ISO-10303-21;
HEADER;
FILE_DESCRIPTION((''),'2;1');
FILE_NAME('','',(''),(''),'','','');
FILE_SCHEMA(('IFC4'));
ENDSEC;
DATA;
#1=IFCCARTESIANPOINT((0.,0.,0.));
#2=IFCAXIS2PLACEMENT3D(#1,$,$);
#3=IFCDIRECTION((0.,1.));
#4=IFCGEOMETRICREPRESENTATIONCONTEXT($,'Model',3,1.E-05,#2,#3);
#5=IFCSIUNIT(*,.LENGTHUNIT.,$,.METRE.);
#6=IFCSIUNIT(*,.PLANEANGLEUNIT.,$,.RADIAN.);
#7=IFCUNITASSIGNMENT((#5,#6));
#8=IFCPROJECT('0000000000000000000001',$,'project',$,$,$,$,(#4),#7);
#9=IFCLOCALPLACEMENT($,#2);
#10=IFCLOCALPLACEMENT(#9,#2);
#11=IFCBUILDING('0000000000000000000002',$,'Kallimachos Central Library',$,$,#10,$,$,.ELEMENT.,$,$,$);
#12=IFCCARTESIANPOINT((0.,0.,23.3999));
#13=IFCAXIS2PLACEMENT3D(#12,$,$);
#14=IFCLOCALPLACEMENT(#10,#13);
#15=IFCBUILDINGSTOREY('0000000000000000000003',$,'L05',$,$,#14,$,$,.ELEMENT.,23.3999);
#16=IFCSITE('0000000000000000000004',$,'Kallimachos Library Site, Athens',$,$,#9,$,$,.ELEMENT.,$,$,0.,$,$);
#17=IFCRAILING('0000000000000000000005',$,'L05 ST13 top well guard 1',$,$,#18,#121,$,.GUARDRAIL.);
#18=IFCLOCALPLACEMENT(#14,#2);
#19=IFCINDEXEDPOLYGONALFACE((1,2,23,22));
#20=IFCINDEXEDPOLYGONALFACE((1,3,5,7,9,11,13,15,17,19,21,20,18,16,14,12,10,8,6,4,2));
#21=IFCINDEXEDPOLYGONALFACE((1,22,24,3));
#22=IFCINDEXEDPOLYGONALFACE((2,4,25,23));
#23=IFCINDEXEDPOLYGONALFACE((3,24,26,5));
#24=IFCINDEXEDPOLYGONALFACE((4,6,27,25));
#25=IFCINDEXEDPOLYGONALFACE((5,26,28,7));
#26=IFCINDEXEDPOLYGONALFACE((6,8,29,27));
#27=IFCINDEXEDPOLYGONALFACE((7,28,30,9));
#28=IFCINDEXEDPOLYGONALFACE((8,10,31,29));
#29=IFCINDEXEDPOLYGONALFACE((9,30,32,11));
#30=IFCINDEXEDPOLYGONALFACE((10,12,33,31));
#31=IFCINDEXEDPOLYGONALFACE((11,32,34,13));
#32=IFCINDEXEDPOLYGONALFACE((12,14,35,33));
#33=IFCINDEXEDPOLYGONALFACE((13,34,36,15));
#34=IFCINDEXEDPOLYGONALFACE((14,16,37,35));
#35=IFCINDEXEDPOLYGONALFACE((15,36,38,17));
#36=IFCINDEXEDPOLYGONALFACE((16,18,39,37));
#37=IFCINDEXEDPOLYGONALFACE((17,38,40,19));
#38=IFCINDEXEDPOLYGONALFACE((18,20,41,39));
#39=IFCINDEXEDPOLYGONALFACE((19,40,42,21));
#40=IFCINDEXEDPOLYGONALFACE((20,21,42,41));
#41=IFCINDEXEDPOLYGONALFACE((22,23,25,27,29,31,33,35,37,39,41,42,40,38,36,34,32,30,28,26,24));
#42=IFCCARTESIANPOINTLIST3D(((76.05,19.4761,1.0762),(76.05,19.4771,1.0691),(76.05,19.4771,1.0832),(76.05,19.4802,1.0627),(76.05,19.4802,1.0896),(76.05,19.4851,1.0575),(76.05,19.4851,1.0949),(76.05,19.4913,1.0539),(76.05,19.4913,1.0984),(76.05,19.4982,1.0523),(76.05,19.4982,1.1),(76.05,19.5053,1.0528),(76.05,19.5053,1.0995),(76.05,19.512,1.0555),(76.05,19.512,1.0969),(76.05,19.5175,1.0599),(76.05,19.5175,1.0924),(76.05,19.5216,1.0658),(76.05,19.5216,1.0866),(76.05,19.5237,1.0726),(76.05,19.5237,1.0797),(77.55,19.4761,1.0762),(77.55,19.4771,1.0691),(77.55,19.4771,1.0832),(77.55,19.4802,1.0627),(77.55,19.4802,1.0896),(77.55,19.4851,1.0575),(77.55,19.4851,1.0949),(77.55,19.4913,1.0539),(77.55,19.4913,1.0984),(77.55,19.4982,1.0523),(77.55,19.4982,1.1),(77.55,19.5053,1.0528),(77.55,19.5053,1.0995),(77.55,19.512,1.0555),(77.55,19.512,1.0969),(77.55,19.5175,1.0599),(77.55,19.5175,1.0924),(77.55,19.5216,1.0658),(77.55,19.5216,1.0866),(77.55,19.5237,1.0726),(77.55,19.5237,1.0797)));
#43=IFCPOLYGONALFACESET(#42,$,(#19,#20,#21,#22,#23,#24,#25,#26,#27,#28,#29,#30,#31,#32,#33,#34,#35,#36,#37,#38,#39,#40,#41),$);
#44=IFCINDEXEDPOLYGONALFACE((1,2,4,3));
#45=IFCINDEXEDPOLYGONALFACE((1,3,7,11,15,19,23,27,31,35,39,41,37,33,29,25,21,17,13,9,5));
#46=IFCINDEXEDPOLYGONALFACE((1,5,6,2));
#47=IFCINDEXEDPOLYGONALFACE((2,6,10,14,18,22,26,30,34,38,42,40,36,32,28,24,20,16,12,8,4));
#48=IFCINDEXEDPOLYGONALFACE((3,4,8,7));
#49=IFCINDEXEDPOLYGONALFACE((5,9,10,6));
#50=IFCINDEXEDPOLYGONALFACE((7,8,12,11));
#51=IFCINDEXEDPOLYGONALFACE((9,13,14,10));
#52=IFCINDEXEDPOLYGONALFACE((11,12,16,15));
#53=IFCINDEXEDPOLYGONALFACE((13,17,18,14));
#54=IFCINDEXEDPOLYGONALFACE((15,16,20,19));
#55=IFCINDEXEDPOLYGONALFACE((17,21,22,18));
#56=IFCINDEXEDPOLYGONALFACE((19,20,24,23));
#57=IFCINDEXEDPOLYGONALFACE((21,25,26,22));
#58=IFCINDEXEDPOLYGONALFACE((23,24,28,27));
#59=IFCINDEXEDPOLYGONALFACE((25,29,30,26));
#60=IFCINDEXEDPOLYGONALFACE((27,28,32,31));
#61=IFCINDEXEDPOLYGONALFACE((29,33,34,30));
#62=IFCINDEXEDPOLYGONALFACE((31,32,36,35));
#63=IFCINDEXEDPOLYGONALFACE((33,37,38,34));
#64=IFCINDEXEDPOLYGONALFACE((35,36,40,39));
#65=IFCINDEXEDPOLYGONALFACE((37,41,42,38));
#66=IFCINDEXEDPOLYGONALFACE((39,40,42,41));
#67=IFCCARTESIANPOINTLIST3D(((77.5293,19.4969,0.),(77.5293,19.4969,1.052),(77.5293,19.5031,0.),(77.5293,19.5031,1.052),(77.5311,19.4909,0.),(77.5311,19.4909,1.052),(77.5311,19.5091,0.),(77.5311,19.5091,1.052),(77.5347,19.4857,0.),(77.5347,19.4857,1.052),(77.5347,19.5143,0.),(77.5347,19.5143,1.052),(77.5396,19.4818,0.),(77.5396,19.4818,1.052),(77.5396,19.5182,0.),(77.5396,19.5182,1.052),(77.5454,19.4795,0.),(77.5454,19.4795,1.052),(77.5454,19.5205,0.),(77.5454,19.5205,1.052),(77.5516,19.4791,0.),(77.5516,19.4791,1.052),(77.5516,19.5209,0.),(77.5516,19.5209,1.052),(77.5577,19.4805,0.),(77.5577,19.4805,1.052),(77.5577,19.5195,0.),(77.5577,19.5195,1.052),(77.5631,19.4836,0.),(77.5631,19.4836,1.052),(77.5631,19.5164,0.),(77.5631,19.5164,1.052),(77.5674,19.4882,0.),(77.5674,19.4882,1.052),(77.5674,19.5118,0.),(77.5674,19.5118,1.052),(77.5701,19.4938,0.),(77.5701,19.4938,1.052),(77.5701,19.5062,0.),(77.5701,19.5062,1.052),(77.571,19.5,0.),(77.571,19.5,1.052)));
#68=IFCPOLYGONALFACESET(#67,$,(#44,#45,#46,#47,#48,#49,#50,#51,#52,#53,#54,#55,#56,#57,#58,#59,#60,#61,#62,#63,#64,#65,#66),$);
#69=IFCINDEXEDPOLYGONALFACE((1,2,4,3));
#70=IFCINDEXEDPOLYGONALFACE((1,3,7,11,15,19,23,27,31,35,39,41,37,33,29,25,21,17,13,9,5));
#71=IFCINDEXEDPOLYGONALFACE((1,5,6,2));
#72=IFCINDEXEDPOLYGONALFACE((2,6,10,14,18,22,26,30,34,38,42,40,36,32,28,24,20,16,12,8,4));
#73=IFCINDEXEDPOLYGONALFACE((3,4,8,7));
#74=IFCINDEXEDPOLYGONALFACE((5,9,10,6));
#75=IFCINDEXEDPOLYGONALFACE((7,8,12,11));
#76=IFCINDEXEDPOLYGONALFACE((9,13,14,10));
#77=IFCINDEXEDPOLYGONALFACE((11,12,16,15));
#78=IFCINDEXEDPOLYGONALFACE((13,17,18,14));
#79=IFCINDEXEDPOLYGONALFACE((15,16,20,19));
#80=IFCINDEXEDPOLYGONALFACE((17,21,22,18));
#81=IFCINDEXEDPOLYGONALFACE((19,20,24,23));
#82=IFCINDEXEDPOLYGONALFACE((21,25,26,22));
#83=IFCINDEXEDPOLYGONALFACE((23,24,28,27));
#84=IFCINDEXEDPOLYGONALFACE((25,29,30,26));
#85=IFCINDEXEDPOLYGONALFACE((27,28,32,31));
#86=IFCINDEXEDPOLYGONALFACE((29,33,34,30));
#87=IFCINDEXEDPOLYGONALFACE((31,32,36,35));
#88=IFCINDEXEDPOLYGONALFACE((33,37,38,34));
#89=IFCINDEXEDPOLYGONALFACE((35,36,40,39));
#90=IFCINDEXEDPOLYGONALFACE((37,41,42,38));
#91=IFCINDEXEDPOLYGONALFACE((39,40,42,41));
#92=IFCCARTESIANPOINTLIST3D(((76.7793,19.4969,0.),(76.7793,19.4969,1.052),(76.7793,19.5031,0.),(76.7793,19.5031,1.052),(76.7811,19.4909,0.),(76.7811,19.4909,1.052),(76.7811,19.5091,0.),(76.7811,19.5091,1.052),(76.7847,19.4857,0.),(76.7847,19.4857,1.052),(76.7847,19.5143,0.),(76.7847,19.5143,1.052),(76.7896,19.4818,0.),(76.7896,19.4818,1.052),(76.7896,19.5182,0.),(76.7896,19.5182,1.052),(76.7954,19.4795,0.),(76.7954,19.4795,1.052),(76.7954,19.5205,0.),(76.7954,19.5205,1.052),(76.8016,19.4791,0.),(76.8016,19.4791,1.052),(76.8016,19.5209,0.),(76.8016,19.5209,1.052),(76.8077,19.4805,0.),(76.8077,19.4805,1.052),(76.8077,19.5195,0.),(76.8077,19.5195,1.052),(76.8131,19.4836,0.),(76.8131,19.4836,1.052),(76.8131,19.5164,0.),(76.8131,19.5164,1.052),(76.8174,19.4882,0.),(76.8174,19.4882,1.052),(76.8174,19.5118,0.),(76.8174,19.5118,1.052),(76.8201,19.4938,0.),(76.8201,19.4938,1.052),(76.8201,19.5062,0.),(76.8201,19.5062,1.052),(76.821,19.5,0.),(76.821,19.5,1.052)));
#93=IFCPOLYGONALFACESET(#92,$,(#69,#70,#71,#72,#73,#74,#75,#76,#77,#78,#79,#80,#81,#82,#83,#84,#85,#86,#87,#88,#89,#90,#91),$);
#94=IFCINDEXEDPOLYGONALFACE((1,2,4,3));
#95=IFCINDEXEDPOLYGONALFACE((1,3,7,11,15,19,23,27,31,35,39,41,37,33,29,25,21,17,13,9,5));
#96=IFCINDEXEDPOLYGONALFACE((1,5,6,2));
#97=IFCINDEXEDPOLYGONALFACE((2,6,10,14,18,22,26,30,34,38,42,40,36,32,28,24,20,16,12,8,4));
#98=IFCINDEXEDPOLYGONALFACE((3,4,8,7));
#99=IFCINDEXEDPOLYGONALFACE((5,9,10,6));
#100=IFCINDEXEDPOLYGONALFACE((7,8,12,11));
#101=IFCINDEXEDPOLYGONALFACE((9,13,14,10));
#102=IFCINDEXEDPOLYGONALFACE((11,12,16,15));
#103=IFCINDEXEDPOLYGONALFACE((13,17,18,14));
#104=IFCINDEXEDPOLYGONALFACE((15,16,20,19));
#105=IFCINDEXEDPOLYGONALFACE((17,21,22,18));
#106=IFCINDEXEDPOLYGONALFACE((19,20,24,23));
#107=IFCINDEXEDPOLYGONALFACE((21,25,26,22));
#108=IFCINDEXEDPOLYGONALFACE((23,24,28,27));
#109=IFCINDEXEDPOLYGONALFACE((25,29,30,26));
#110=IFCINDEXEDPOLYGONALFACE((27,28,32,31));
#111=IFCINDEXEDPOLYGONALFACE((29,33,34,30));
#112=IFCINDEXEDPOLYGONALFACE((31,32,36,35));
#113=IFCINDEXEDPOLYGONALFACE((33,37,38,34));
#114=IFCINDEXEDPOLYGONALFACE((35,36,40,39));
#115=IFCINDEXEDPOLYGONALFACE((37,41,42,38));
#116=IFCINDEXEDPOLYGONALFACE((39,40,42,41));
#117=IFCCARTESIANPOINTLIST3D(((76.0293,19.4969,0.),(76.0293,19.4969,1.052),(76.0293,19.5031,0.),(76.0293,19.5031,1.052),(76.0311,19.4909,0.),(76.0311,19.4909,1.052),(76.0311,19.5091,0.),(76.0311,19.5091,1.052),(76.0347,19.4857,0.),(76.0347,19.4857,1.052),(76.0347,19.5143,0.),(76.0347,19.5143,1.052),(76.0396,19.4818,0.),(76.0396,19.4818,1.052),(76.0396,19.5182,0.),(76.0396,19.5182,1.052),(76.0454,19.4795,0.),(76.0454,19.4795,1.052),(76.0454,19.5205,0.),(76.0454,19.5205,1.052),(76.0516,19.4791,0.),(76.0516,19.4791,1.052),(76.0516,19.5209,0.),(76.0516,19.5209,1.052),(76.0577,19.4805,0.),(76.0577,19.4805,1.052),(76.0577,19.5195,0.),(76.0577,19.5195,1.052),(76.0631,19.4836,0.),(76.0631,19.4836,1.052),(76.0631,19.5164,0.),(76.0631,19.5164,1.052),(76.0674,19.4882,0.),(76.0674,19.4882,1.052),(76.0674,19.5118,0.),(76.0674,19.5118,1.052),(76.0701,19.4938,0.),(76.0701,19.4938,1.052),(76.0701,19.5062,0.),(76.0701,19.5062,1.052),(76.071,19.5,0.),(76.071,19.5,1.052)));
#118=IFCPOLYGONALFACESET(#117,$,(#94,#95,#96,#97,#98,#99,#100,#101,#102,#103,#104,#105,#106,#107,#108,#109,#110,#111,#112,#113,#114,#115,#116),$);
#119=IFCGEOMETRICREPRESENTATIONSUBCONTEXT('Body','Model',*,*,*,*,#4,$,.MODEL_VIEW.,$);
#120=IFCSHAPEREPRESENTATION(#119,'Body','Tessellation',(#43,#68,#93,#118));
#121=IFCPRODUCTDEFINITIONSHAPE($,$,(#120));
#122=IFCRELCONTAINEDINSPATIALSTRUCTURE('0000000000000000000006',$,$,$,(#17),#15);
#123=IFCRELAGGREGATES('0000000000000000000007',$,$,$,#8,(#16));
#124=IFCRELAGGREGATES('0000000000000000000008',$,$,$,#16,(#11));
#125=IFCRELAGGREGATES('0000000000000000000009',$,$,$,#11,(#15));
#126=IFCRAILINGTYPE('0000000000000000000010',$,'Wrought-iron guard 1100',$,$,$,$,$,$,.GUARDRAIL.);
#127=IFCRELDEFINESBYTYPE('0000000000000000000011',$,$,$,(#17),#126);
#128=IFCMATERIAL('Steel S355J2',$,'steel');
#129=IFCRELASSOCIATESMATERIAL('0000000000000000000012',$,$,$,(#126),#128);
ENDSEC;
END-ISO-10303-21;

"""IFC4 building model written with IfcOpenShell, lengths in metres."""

from ifc_helpers import new_model, si_unit, direction, frame, origin, origin_2d, place, context, subcontext, project, spatial, circle, extrude, material, type_object, element, save


model = new_model("IFC4")

# Units and contexts
model_context = context("Model", 3, precision=1e-05, world=origin(), true_north=direction((0.0, 1.0)))
body_context = subcontext(model_context, "Body", "Model", "MODEL_VIEW")
ifc_project = project(units=[si_unit("LENGTHUNIT", "METRE"), si_unit("PLANEANGLEUNIT", "RADIAN")], contexts=[model_context])

# Site, building, storey
site_placement = place(None, origin())
site = spatial("IfcSite", under=ifc_project, at=site_placement, Name="Kallimachos Library Site, Athens", CompositionType="ELEMENT", RefElevation=0.0)
building_placement = place(site_placement, origin())
building = spatial("IfcBuilding", under=site, at=building_placement, Name="Kallimachos Central Library", CompositionType="ELEMENT")
storey_placement = place(building_placement, frame((0.0, 0.0, 23.3999)))
storey = spatial("IfcBuildingStorey", under=building, at=storey_placement, Name="L05", CompositionType="ELEMENT", Elevation=23.3999)

# Railing
ifc_material_1 = material(Name="Steel S355J2", Category="steel")
railing_type = type_object("IfcRailingType", Name="Wrought-iron guard 1100", PredefinedType="GUARDRAIL", material=ifc_material_1)
railing_placement = place(storey_placement, frame((77.55, 19.5, 0.0)))
element("IfcRailing", 1, at=railing_placement, inside=storey, type_object=railing_type, Name="L05 ST13 top well guard 1", PredefinedType="GUARDRAIL", context=body_context, shape_type="SweptSolid", body=[
    extrude(circle(Radius=0.0239, at=origin_2d()), frame((0.0, 0.0, 1.0762), z_axis=(-1.0, 0.0, 0.0), x_axis=(0.0, -1.0, 0.0)), (0.0, 0.0, 1.0), 1.5),
    extrude(circle(Radius=0.021, at=origin_2d()), origin(), (0.0, 0.0, 1.0), 1.052),
    extrude(circle(Radius=0.021, at=origin_2d()), frame((-0.75, 0.0, 0.0)), (0.0, 0.0, 1.0), 1.052),
    extrude(circle(Radius=0.021, at=origin_2d()), frame((-1.5, 0.0, 0.0)), (0.0, 0.0, 1.0), 1.052),
])

save(model, "model.ifc")
